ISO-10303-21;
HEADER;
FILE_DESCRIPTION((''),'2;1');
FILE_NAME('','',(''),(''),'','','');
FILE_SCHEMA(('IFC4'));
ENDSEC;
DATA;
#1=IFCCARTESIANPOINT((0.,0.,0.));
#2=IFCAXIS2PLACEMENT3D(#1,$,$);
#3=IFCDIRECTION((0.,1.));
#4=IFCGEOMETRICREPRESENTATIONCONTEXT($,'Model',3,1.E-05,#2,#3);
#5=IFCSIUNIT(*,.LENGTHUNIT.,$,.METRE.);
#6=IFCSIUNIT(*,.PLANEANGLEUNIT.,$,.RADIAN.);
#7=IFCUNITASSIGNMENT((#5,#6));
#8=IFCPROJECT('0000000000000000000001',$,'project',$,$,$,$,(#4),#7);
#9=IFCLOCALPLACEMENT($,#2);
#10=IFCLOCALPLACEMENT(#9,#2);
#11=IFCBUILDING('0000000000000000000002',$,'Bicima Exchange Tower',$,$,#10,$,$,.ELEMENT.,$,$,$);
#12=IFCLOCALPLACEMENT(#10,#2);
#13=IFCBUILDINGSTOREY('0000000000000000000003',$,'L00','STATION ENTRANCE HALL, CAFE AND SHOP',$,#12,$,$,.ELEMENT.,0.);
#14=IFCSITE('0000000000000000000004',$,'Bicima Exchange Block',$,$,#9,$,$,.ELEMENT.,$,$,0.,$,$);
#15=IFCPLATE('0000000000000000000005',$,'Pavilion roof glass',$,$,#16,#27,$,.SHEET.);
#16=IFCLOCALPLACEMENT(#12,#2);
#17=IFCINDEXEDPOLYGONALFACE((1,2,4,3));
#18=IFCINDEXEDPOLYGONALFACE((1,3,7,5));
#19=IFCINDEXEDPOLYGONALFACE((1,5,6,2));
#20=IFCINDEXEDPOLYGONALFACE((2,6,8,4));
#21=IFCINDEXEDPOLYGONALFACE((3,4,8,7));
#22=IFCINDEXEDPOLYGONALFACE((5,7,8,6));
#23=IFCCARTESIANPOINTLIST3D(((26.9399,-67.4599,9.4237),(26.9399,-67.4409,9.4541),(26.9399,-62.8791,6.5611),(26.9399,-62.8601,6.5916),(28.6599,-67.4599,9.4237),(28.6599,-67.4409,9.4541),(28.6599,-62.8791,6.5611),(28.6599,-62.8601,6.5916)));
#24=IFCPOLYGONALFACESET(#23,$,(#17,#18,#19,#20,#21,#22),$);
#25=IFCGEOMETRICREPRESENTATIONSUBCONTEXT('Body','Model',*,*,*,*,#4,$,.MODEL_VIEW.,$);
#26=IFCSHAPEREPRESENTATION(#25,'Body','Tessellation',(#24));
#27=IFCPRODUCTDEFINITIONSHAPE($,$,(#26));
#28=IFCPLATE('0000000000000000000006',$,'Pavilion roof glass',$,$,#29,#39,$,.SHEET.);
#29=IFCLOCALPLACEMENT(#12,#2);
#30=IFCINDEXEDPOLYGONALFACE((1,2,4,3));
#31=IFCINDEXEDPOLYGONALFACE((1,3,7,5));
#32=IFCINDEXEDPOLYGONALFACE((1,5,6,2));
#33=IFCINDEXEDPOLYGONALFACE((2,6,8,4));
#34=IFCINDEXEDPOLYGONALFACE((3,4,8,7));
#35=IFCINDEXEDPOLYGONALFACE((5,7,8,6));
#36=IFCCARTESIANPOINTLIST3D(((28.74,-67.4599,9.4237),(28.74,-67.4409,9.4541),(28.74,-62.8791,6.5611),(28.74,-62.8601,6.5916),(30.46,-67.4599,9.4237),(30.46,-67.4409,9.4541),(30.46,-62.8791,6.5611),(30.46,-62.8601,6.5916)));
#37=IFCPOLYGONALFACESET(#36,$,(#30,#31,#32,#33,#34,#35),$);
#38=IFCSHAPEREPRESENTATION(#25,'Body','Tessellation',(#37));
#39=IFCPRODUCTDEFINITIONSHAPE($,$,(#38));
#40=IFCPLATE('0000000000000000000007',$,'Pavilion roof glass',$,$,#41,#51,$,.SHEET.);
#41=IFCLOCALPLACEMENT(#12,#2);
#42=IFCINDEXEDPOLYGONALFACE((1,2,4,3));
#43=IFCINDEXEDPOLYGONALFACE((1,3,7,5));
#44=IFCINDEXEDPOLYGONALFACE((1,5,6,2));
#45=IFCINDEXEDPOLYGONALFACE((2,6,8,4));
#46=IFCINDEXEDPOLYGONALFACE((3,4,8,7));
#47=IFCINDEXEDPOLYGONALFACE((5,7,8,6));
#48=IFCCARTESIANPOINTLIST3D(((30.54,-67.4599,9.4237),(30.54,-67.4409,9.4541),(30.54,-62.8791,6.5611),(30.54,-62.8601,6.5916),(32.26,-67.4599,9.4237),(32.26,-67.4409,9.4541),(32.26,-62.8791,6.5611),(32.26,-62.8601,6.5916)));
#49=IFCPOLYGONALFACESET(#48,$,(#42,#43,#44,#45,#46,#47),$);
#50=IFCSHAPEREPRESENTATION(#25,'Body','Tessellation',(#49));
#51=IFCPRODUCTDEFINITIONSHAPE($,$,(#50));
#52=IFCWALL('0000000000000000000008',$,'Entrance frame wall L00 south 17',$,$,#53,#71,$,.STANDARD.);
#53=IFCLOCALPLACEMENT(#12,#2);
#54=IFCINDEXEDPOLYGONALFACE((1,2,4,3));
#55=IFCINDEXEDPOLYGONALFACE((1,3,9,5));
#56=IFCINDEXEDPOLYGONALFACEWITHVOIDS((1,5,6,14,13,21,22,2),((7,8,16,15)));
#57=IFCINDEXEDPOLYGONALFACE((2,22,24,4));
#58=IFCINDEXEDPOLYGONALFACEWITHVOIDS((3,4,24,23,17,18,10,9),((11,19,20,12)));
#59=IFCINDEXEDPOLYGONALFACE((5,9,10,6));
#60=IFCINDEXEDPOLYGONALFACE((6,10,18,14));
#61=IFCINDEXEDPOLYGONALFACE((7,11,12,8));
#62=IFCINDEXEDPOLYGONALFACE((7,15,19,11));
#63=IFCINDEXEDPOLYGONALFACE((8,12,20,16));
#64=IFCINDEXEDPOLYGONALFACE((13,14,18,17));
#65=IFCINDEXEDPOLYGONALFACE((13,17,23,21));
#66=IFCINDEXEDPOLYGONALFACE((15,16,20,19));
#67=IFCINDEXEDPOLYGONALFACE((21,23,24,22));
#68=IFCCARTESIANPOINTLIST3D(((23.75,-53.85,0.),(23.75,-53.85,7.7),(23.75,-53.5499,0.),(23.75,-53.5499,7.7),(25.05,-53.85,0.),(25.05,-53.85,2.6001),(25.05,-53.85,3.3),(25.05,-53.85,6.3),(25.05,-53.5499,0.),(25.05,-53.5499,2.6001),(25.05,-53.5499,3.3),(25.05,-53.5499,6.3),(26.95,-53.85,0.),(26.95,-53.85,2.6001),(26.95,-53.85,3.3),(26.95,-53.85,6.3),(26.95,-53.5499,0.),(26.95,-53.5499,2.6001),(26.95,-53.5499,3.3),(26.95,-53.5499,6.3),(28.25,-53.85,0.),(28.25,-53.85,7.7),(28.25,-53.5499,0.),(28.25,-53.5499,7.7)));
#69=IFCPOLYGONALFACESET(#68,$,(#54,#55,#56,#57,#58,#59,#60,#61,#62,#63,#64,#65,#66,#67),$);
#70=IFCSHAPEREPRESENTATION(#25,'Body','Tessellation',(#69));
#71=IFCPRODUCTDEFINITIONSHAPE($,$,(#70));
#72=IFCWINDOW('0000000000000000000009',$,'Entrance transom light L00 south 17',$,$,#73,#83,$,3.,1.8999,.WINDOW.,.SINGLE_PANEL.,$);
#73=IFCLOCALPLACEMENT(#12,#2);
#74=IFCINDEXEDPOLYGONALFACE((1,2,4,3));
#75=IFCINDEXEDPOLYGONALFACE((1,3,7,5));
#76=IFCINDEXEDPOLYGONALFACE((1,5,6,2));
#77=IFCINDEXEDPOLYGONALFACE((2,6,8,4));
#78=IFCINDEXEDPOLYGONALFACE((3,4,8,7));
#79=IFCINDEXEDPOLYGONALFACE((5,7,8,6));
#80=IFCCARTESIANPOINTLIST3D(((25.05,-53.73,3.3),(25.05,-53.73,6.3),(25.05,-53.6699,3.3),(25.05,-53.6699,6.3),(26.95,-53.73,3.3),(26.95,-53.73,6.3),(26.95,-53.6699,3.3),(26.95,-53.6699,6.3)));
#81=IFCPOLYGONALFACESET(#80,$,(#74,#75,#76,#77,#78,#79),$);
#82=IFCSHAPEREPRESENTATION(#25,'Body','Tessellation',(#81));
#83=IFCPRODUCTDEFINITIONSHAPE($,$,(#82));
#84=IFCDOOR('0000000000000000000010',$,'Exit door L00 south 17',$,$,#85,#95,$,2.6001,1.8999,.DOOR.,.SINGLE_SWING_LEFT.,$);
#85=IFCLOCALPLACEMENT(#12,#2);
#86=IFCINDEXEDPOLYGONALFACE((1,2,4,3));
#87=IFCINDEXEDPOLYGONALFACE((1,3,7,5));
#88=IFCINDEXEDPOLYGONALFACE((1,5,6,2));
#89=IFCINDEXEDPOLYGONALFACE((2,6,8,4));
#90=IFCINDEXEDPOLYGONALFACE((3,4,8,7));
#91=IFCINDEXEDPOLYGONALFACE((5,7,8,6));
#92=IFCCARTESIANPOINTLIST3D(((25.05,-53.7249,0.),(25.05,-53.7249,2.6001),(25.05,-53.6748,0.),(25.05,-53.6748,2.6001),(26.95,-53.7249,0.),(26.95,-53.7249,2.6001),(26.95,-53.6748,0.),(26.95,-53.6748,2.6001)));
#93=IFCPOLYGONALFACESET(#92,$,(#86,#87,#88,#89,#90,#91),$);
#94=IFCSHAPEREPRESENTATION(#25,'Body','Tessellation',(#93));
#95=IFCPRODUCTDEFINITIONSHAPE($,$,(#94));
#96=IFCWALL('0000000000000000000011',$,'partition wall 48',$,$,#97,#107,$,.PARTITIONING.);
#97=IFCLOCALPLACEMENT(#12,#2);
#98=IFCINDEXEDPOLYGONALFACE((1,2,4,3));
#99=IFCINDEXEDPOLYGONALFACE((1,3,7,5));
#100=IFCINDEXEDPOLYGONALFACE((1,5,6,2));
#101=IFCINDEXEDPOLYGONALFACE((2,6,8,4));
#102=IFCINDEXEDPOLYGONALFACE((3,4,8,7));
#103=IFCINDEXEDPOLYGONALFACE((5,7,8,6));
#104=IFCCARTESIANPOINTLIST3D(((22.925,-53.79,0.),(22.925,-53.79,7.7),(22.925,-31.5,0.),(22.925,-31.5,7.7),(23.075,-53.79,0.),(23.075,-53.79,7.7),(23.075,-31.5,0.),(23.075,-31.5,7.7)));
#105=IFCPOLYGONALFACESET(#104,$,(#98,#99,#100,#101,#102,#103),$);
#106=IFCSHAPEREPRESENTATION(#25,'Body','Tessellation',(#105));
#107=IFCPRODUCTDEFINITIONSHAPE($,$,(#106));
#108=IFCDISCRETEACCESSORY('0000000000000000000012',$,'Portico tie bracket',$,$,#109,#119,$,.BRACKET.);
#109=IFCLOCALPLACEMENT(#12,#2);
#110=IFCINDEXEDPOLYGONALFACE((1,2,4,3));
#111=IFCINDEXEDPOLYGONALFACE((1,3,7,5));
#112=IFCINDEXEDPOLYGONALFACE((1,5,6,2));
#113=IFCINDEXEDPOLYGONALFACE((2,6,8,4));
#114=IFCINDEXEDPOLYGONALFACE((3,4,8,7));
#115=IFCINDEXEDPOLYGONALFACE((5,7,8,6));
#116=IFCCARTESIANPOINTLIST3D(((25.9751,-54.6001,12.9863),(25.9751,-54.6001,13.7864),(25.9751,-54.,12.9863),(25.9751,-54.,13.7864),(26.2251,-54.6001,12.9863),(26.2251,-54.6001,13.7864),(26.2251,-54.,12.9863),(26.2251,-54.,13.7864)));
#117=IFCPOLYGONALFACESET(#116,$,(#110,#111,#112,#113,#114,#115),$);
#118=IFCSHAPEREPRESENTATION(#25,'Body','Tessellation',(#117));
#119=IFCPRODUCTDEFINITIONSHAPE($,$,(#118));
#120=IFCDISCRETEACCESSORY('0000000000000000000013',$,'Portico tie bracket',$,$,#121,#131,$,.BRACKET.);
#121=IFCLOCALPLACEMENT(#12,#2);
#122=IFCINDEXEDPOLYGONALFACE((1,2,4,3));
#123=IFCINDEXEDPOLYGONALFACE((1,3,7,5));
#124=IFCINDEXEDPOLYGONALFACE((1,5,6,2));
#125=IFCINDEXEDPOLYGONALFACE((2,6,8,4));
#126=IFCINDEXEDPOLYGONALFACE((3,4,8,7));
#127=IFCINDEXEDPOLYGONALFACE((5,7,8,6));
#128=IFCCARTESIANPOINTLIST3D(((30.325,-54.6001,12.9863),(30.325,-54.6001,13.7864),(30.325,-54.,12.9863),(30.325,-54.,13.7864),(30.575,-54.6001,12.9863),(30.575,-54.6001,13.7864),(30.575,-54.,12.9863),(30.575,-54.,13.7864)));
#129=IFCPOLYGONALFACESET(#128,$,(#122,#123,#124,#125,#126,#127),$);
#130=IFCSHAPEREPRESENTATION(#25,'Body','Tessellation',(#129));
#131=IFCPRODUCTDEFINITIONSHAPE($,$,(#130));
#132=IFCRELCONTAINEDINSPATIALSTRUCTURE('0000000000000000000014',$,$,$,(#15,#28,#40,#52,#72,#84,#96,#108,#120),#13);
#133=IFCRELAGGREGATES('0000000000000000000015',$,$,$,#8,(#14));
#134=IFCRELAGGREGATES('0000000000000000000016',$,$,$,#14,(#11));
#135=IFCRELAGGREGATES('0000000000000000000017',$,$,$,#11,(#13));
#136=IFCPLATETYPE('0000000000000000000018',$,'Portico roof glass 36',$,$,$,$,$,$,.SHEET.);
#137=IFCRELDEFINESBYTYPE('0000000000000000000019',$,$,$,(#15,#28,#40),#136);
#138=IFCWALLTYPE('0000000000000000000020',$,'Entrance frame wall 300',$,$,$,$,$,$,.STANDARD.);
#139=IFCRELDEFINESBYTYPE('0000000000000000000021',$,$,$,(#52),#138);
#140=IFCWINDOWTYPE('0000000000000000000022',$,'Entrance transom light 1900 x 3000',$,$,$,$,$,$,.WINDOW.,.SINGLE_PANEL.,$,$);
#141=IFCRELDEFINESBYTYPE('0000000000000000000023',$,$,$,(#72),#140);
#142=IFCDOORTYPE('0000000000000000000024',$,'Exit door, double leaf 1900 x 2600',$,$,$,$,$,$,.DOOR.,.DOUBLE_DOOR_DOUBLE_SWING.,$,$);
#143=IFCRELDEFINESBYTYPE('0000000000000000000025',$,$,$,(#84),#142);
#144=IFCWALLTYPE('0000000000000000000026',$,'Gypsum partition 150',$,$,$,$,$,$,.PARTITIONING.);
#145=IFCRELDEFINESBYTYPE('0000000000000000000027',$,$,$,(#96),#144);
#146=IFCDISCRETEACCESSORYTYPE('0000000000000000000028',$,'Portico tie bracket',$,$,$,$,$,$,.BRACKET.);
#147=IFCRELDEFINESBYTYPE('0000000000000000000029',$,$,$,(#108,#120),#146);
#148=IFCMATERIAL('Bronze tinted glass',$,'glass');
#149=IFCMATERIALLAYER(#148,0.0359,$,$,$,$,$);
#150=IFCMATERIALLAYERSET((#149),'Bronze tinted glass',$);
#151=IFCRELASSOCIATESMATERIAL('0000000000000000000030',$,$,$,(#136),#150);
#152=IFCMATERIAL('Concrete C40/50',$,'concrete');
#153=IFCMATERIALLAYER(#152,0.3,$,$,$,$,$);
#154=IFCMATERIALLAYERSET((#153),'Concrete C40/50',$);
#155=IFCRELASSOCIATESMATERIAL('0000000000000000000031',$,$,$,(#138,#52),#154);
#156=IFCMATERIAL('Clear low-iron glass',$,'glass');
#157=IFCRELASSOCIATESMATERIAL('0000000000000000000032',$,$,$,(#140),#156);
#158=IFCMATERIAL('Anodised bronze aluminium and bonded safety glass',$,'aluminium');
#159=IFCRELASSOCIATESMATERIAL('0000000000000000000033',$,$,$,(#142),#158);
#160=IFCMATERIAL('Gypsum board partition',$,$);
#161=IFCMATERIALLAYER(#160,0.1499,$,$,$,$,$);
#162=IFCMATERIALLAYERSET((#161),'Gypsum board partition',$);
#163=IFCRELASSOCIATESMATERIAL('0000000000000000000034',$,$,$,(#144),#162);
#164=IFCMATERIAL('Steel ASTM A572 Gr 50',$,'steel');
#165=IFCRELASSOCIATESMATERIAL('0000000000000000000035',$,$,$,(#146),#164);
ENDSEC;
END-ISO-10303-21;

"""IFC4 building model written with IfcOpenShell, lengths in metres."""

from ifc_helpers import new_model, si_unit, direction, frame, frame_2d, origin, origin_2d, place, context, subcontext, project, spatial, polyline, rectangle, outline, extrude, material, layer, layer_set, layer_usage, type_object, element, fill, save


model = new_model("IFC4")

# Units and contexts
model_context = context("Model", 3, precision=1e-05, world=origin(), true_north=direction((0.0, 1.0)))
body_context = subcontext(model_context, "Body", "Model", "MODEL_VIEW")
ifc_project = project(units=[si_unit("LENGTHUNIT", "METRE"), si_unit("PLANEANGLEUNIT", "RADIAN")], contexts=[model_context])

# Site, building, storey
site_placement = place(None, origin())
site = spatial("IfcSite", under=ifc_project, at=site_placement, Name="Bicima Exchange Block", CompositionType="ELEMENT", RefElevation=0.0)
building_placement = place(site_placement, origin())
building = spatial("IfcBuilding", under=site, at=building_placement, Name="Bicima Exchange Tower", CompositionType="ELEMENT")
storey_placement = place(building_placement, origin())
storey = spatial("IfcBuildingStorey", under=building, at=storey_placement, Name="L00", Description="STATION ENTRANCE HALL, CAFE AND SHOP", CompositionType="ELEMENT", Elevation=0.0)

# Shared definitions
ifc_material_1 = material(Name="Concrete C40/50", Category="concrete")

# Shared definitions
ifc_material_2 = material(Name="Steel ASTM A572 Gr 50", Category="steel")

# Shared definitions
ifc_material_3 = material(Name="Clear low-iron glass", Category="glass")

# Plates
ifc_material_4 = material(Name="Bronze tinted glass", Category="glass")
ifc_layer_1 = layer(ifc_material_4, 0.0359)
ifc_layer_set_1 = layer_set([ifc_layer_1], Name="Bronze tinted glass")
plate_type_1 = type_object("IfcPlateType", Name="Portico roof glass 36", PredefinedType="SHEET", material=ifc_layer_set_1)
for number, where, z_axis, x_axis, name in (
    (1, (26.9399, -62.8601, 6.5916), (0.0, 0.529938, 0.848036), (1.0, 0.0, 0.0), "Pavilion roof glass"),
    (2, (28.74, -62.8601, 6.5916), (0.0, 0.529938, 0.848036), (1.0, 0.0, 0.0), "Pavilion roof glass"),
    (3, (30.54, -62.8601, 6.5916), (0.0, 0.529938, 0.848036), (1.0, 0.0, 0.0), "Pavilion roof glass"),
):
    element("IfcPlate", number, at=place(storey_placement, frame(where, z_axis=z_axis, x_axis=x_axis)), inside=storey, type_object=plate_type_1, Name=name, PredefinedType="SHEET", context=body_context, shape_type="SweptSolid", body=[
        extrude(outline(polyline([(0.0, 0.0), (1.72, 0.0), (1.72, -5.4017), (0.0, -5.4017), (0.0, 0.0)])), origin(), (0.0, 0.0, -1.0), 0.0359),
    ])

# Wall, openings, window, door
ifc_layer_2 = layer(ifc_material_1, 0.3)
ifc_layer_set_2 = layer_set([ifc_layer_2], Name="Concrete C40/50")
ifc_layer_usage = layer_usage(ifc_layer_set_2, "AXIS2", "POSITIVE", -0.15)
wall_type_1 = type_object("IfcWallType", Name="Entrance frame wall 300", PredefinedType="STANDARD", material=ifc_layer_set_2)
wall_1_placement = place(storey_placement, frame((28.25, -53.7, 0.0), z_axis=(0.0, 0.0, 1.0), x_axis=(-1.0, 0.0, 0.0)))
wall_1 = element("IfcWall", 4, at=wall_1_placement, inside=storey, type_object=wall_type_1, material=ifc_layer_usage, Name="Entrance frame wall L00 south 17", PredefinedType="STANDARD", context=body_context, shape_type="SweptSolid", body=[
    extrude(rectangle(XDim=4.5, YDim=0.3, at=frame_2d((2.25, 0.0))), origin(), (0.0, 0.0, 1.0), 7.7),
])
opening_1_placement = place(wall_1_placement, frame((1.3, 0.0, 0.0)))
opening_1 = element("IfcOpeningElement", 5, at=opening_1_placement, cuts=wall_1, PredefinedType="OPENING", context=body_context, shape_type="SweptSolid", body=[
    extrude(rectangle(XDim=1.8999, YDim=2.6001, at=frame_2d((0.95, 1.3))), frame((0.0, 0.1621, 0.0), z_axis=(0.0, -1.0, 0.0), x_axis=(1.0, 0.0, 0.0)), (0.0, 0.0, 1.0), 0.324),
])
opening_2_placement = place(wall_1_placement, frame((1.3, 0.0, 3.3)))
opening_2 = element("IfcOpeningElement", 6, at=opening_2_placement, cuts=wall_1, PredefinedType="OPENING", context=body_context, shape_type="SweptSolid", body=[
    extrude(rectangle(XDim=1.8999, YDim=3.0, at=frame_2d((0.95, 1.5))), frame((0.0, 0.1621, 0.0), z_axis=(0.0, -1.0, 0.0), x_axis=(1.0, 0.0, 0.0)), (0.0, 0.0, 1.0), 0.324),
])
window_type = type_object("IfcWindowType", Name="Entrance transom light 1900 x 3000", PartitioningType="SINGLE_PANEL", PredefinedType="WINDOW", material=ifc_material_3)
window_placement = place(opening_2_placement, origin())
window = element("IfcWindow", 7, at=window_placement, inside=storey, type_object=window_type, Name="Entrance transom light L00 south 17", OverallHeight=3.0, OverallWidth=1.8999, PartitioningType="SINGLE_PANEL", PredefinedType="WINDOW", context=body_context, shape_type="SweptSolid", body=[
    extrude(rectangle(XDim=1.8999, YDim=3.0, at=frame_2d((0.95, 1.5))), frame((0.0, 0.03, 0.0), z_axis=(0.0, -1.0, 0.0), x_axis=(1.0, 0.0, 0.0)), (0.0, 0.0, 1.0), 0.0601),
])
fill(opening_2, window)
ifc_material_5 = material(Name="Anodised bronze aluminium and bonded safety glass", Category="aluminium")
door_type = type_object("IfcDoorType", Name="Exit door, double leaf 1900 x 2600", OperationType="DOUBLE_DOOR_DOUBLE_SWING", PredefinedType="DOOR", material=ifc_material_5)
door_placement = place(opening_1_placement, origin())
door = element("IfcDoor", 8, at=door_placement, inside=storey, type_object=door_type, Name="Exit door L00 south 17", OperationType="SINGLE_SWING_LEFT", OverallHeight=2.6001, OverallWidth=1.8999, PredefinedType="DOOR", context=body_context, shape_type="SweptSolid", body=[
    extrude(rectangle(XDim=1.8999, YDim=2.6001, at=frame_2d((0.95, 1.3))), frame((0.0, 0.0249, 0.0), z_axis=(0.0, -1.0, 0.0), x_axis=(1.0, 0.0, 0.0)), (0.0, 0.0, 1.0), 0.05),
])
fill(opening_1, door)

# Wall
ifc_material_6 = material(Name="Gypsum board partition")
ifc_layer_3 = layer(ifc_material_6, 0.1499)
ifc_layer_set_3 = layer_set([ifc_layer_3], Name="Gypsum board partition")
wall_type_2 = type_object("IfcWallType", Name="Gypsum partition 150", PredefinedType="PARTITIONING", material=ifc_layer_set_3)
wall_2_placement = place(storey_placement, frame((23.0, -53.79, 0.0), z_axis=(0.0, 0.0, 1.0), x_axis=(0.0, 1.0, 0.0)))
element("IfcWall", 9, at=wall_2_placement, inside=storey, type_object=wall_type_2, Name="partition wall 48", PredefinedType="PARTITIONING", context=body_context, shape_type="SweptSolid", body=[
    extrude(rectangle(XDim=22.29, YDim=0.1499, at=frame_2d((11.145, 0.0))), origin(), (0.0, 0.0, 1.0), 7.7),
])

# Discrete accessories
discrete_accessory_type = type_object("IfcDiscreteAccessoryType", Name="Portico tie bracket", PredefinedType="BRACKET", material=ifc_material_2)
for number, where, z_axis, x_axis, name in (
    (10, (26.1001, -54.3, 12.9863), (0.0, 0.0, 1.0), (1.0, 0.0, 0.0), "Portico tie bracket"),
    (11, (30.45, -54.3, 12.9863), (0.0, 0.0, 1.0), (1.0, 0.0, 0.0), "Portico tie bracket"),
):
    element("IfcDiscreteAccessory", number, at=place(storey_placement, frame(where, z_axis=z_axis, x_axis=x_axis)), inside=storey, type_object=discrete_accessory_type, Name=name, PredefinedType="BRACKET", context=body_context, shape_type="SweptSolid", body=[
        extrude(rectangle(XDim=0.25, YDim=0.6001, at=origin_2d()), origin(), (0.0, 0.0, 1.0), 0.8),
    ])

save(model, "model.ifc")
